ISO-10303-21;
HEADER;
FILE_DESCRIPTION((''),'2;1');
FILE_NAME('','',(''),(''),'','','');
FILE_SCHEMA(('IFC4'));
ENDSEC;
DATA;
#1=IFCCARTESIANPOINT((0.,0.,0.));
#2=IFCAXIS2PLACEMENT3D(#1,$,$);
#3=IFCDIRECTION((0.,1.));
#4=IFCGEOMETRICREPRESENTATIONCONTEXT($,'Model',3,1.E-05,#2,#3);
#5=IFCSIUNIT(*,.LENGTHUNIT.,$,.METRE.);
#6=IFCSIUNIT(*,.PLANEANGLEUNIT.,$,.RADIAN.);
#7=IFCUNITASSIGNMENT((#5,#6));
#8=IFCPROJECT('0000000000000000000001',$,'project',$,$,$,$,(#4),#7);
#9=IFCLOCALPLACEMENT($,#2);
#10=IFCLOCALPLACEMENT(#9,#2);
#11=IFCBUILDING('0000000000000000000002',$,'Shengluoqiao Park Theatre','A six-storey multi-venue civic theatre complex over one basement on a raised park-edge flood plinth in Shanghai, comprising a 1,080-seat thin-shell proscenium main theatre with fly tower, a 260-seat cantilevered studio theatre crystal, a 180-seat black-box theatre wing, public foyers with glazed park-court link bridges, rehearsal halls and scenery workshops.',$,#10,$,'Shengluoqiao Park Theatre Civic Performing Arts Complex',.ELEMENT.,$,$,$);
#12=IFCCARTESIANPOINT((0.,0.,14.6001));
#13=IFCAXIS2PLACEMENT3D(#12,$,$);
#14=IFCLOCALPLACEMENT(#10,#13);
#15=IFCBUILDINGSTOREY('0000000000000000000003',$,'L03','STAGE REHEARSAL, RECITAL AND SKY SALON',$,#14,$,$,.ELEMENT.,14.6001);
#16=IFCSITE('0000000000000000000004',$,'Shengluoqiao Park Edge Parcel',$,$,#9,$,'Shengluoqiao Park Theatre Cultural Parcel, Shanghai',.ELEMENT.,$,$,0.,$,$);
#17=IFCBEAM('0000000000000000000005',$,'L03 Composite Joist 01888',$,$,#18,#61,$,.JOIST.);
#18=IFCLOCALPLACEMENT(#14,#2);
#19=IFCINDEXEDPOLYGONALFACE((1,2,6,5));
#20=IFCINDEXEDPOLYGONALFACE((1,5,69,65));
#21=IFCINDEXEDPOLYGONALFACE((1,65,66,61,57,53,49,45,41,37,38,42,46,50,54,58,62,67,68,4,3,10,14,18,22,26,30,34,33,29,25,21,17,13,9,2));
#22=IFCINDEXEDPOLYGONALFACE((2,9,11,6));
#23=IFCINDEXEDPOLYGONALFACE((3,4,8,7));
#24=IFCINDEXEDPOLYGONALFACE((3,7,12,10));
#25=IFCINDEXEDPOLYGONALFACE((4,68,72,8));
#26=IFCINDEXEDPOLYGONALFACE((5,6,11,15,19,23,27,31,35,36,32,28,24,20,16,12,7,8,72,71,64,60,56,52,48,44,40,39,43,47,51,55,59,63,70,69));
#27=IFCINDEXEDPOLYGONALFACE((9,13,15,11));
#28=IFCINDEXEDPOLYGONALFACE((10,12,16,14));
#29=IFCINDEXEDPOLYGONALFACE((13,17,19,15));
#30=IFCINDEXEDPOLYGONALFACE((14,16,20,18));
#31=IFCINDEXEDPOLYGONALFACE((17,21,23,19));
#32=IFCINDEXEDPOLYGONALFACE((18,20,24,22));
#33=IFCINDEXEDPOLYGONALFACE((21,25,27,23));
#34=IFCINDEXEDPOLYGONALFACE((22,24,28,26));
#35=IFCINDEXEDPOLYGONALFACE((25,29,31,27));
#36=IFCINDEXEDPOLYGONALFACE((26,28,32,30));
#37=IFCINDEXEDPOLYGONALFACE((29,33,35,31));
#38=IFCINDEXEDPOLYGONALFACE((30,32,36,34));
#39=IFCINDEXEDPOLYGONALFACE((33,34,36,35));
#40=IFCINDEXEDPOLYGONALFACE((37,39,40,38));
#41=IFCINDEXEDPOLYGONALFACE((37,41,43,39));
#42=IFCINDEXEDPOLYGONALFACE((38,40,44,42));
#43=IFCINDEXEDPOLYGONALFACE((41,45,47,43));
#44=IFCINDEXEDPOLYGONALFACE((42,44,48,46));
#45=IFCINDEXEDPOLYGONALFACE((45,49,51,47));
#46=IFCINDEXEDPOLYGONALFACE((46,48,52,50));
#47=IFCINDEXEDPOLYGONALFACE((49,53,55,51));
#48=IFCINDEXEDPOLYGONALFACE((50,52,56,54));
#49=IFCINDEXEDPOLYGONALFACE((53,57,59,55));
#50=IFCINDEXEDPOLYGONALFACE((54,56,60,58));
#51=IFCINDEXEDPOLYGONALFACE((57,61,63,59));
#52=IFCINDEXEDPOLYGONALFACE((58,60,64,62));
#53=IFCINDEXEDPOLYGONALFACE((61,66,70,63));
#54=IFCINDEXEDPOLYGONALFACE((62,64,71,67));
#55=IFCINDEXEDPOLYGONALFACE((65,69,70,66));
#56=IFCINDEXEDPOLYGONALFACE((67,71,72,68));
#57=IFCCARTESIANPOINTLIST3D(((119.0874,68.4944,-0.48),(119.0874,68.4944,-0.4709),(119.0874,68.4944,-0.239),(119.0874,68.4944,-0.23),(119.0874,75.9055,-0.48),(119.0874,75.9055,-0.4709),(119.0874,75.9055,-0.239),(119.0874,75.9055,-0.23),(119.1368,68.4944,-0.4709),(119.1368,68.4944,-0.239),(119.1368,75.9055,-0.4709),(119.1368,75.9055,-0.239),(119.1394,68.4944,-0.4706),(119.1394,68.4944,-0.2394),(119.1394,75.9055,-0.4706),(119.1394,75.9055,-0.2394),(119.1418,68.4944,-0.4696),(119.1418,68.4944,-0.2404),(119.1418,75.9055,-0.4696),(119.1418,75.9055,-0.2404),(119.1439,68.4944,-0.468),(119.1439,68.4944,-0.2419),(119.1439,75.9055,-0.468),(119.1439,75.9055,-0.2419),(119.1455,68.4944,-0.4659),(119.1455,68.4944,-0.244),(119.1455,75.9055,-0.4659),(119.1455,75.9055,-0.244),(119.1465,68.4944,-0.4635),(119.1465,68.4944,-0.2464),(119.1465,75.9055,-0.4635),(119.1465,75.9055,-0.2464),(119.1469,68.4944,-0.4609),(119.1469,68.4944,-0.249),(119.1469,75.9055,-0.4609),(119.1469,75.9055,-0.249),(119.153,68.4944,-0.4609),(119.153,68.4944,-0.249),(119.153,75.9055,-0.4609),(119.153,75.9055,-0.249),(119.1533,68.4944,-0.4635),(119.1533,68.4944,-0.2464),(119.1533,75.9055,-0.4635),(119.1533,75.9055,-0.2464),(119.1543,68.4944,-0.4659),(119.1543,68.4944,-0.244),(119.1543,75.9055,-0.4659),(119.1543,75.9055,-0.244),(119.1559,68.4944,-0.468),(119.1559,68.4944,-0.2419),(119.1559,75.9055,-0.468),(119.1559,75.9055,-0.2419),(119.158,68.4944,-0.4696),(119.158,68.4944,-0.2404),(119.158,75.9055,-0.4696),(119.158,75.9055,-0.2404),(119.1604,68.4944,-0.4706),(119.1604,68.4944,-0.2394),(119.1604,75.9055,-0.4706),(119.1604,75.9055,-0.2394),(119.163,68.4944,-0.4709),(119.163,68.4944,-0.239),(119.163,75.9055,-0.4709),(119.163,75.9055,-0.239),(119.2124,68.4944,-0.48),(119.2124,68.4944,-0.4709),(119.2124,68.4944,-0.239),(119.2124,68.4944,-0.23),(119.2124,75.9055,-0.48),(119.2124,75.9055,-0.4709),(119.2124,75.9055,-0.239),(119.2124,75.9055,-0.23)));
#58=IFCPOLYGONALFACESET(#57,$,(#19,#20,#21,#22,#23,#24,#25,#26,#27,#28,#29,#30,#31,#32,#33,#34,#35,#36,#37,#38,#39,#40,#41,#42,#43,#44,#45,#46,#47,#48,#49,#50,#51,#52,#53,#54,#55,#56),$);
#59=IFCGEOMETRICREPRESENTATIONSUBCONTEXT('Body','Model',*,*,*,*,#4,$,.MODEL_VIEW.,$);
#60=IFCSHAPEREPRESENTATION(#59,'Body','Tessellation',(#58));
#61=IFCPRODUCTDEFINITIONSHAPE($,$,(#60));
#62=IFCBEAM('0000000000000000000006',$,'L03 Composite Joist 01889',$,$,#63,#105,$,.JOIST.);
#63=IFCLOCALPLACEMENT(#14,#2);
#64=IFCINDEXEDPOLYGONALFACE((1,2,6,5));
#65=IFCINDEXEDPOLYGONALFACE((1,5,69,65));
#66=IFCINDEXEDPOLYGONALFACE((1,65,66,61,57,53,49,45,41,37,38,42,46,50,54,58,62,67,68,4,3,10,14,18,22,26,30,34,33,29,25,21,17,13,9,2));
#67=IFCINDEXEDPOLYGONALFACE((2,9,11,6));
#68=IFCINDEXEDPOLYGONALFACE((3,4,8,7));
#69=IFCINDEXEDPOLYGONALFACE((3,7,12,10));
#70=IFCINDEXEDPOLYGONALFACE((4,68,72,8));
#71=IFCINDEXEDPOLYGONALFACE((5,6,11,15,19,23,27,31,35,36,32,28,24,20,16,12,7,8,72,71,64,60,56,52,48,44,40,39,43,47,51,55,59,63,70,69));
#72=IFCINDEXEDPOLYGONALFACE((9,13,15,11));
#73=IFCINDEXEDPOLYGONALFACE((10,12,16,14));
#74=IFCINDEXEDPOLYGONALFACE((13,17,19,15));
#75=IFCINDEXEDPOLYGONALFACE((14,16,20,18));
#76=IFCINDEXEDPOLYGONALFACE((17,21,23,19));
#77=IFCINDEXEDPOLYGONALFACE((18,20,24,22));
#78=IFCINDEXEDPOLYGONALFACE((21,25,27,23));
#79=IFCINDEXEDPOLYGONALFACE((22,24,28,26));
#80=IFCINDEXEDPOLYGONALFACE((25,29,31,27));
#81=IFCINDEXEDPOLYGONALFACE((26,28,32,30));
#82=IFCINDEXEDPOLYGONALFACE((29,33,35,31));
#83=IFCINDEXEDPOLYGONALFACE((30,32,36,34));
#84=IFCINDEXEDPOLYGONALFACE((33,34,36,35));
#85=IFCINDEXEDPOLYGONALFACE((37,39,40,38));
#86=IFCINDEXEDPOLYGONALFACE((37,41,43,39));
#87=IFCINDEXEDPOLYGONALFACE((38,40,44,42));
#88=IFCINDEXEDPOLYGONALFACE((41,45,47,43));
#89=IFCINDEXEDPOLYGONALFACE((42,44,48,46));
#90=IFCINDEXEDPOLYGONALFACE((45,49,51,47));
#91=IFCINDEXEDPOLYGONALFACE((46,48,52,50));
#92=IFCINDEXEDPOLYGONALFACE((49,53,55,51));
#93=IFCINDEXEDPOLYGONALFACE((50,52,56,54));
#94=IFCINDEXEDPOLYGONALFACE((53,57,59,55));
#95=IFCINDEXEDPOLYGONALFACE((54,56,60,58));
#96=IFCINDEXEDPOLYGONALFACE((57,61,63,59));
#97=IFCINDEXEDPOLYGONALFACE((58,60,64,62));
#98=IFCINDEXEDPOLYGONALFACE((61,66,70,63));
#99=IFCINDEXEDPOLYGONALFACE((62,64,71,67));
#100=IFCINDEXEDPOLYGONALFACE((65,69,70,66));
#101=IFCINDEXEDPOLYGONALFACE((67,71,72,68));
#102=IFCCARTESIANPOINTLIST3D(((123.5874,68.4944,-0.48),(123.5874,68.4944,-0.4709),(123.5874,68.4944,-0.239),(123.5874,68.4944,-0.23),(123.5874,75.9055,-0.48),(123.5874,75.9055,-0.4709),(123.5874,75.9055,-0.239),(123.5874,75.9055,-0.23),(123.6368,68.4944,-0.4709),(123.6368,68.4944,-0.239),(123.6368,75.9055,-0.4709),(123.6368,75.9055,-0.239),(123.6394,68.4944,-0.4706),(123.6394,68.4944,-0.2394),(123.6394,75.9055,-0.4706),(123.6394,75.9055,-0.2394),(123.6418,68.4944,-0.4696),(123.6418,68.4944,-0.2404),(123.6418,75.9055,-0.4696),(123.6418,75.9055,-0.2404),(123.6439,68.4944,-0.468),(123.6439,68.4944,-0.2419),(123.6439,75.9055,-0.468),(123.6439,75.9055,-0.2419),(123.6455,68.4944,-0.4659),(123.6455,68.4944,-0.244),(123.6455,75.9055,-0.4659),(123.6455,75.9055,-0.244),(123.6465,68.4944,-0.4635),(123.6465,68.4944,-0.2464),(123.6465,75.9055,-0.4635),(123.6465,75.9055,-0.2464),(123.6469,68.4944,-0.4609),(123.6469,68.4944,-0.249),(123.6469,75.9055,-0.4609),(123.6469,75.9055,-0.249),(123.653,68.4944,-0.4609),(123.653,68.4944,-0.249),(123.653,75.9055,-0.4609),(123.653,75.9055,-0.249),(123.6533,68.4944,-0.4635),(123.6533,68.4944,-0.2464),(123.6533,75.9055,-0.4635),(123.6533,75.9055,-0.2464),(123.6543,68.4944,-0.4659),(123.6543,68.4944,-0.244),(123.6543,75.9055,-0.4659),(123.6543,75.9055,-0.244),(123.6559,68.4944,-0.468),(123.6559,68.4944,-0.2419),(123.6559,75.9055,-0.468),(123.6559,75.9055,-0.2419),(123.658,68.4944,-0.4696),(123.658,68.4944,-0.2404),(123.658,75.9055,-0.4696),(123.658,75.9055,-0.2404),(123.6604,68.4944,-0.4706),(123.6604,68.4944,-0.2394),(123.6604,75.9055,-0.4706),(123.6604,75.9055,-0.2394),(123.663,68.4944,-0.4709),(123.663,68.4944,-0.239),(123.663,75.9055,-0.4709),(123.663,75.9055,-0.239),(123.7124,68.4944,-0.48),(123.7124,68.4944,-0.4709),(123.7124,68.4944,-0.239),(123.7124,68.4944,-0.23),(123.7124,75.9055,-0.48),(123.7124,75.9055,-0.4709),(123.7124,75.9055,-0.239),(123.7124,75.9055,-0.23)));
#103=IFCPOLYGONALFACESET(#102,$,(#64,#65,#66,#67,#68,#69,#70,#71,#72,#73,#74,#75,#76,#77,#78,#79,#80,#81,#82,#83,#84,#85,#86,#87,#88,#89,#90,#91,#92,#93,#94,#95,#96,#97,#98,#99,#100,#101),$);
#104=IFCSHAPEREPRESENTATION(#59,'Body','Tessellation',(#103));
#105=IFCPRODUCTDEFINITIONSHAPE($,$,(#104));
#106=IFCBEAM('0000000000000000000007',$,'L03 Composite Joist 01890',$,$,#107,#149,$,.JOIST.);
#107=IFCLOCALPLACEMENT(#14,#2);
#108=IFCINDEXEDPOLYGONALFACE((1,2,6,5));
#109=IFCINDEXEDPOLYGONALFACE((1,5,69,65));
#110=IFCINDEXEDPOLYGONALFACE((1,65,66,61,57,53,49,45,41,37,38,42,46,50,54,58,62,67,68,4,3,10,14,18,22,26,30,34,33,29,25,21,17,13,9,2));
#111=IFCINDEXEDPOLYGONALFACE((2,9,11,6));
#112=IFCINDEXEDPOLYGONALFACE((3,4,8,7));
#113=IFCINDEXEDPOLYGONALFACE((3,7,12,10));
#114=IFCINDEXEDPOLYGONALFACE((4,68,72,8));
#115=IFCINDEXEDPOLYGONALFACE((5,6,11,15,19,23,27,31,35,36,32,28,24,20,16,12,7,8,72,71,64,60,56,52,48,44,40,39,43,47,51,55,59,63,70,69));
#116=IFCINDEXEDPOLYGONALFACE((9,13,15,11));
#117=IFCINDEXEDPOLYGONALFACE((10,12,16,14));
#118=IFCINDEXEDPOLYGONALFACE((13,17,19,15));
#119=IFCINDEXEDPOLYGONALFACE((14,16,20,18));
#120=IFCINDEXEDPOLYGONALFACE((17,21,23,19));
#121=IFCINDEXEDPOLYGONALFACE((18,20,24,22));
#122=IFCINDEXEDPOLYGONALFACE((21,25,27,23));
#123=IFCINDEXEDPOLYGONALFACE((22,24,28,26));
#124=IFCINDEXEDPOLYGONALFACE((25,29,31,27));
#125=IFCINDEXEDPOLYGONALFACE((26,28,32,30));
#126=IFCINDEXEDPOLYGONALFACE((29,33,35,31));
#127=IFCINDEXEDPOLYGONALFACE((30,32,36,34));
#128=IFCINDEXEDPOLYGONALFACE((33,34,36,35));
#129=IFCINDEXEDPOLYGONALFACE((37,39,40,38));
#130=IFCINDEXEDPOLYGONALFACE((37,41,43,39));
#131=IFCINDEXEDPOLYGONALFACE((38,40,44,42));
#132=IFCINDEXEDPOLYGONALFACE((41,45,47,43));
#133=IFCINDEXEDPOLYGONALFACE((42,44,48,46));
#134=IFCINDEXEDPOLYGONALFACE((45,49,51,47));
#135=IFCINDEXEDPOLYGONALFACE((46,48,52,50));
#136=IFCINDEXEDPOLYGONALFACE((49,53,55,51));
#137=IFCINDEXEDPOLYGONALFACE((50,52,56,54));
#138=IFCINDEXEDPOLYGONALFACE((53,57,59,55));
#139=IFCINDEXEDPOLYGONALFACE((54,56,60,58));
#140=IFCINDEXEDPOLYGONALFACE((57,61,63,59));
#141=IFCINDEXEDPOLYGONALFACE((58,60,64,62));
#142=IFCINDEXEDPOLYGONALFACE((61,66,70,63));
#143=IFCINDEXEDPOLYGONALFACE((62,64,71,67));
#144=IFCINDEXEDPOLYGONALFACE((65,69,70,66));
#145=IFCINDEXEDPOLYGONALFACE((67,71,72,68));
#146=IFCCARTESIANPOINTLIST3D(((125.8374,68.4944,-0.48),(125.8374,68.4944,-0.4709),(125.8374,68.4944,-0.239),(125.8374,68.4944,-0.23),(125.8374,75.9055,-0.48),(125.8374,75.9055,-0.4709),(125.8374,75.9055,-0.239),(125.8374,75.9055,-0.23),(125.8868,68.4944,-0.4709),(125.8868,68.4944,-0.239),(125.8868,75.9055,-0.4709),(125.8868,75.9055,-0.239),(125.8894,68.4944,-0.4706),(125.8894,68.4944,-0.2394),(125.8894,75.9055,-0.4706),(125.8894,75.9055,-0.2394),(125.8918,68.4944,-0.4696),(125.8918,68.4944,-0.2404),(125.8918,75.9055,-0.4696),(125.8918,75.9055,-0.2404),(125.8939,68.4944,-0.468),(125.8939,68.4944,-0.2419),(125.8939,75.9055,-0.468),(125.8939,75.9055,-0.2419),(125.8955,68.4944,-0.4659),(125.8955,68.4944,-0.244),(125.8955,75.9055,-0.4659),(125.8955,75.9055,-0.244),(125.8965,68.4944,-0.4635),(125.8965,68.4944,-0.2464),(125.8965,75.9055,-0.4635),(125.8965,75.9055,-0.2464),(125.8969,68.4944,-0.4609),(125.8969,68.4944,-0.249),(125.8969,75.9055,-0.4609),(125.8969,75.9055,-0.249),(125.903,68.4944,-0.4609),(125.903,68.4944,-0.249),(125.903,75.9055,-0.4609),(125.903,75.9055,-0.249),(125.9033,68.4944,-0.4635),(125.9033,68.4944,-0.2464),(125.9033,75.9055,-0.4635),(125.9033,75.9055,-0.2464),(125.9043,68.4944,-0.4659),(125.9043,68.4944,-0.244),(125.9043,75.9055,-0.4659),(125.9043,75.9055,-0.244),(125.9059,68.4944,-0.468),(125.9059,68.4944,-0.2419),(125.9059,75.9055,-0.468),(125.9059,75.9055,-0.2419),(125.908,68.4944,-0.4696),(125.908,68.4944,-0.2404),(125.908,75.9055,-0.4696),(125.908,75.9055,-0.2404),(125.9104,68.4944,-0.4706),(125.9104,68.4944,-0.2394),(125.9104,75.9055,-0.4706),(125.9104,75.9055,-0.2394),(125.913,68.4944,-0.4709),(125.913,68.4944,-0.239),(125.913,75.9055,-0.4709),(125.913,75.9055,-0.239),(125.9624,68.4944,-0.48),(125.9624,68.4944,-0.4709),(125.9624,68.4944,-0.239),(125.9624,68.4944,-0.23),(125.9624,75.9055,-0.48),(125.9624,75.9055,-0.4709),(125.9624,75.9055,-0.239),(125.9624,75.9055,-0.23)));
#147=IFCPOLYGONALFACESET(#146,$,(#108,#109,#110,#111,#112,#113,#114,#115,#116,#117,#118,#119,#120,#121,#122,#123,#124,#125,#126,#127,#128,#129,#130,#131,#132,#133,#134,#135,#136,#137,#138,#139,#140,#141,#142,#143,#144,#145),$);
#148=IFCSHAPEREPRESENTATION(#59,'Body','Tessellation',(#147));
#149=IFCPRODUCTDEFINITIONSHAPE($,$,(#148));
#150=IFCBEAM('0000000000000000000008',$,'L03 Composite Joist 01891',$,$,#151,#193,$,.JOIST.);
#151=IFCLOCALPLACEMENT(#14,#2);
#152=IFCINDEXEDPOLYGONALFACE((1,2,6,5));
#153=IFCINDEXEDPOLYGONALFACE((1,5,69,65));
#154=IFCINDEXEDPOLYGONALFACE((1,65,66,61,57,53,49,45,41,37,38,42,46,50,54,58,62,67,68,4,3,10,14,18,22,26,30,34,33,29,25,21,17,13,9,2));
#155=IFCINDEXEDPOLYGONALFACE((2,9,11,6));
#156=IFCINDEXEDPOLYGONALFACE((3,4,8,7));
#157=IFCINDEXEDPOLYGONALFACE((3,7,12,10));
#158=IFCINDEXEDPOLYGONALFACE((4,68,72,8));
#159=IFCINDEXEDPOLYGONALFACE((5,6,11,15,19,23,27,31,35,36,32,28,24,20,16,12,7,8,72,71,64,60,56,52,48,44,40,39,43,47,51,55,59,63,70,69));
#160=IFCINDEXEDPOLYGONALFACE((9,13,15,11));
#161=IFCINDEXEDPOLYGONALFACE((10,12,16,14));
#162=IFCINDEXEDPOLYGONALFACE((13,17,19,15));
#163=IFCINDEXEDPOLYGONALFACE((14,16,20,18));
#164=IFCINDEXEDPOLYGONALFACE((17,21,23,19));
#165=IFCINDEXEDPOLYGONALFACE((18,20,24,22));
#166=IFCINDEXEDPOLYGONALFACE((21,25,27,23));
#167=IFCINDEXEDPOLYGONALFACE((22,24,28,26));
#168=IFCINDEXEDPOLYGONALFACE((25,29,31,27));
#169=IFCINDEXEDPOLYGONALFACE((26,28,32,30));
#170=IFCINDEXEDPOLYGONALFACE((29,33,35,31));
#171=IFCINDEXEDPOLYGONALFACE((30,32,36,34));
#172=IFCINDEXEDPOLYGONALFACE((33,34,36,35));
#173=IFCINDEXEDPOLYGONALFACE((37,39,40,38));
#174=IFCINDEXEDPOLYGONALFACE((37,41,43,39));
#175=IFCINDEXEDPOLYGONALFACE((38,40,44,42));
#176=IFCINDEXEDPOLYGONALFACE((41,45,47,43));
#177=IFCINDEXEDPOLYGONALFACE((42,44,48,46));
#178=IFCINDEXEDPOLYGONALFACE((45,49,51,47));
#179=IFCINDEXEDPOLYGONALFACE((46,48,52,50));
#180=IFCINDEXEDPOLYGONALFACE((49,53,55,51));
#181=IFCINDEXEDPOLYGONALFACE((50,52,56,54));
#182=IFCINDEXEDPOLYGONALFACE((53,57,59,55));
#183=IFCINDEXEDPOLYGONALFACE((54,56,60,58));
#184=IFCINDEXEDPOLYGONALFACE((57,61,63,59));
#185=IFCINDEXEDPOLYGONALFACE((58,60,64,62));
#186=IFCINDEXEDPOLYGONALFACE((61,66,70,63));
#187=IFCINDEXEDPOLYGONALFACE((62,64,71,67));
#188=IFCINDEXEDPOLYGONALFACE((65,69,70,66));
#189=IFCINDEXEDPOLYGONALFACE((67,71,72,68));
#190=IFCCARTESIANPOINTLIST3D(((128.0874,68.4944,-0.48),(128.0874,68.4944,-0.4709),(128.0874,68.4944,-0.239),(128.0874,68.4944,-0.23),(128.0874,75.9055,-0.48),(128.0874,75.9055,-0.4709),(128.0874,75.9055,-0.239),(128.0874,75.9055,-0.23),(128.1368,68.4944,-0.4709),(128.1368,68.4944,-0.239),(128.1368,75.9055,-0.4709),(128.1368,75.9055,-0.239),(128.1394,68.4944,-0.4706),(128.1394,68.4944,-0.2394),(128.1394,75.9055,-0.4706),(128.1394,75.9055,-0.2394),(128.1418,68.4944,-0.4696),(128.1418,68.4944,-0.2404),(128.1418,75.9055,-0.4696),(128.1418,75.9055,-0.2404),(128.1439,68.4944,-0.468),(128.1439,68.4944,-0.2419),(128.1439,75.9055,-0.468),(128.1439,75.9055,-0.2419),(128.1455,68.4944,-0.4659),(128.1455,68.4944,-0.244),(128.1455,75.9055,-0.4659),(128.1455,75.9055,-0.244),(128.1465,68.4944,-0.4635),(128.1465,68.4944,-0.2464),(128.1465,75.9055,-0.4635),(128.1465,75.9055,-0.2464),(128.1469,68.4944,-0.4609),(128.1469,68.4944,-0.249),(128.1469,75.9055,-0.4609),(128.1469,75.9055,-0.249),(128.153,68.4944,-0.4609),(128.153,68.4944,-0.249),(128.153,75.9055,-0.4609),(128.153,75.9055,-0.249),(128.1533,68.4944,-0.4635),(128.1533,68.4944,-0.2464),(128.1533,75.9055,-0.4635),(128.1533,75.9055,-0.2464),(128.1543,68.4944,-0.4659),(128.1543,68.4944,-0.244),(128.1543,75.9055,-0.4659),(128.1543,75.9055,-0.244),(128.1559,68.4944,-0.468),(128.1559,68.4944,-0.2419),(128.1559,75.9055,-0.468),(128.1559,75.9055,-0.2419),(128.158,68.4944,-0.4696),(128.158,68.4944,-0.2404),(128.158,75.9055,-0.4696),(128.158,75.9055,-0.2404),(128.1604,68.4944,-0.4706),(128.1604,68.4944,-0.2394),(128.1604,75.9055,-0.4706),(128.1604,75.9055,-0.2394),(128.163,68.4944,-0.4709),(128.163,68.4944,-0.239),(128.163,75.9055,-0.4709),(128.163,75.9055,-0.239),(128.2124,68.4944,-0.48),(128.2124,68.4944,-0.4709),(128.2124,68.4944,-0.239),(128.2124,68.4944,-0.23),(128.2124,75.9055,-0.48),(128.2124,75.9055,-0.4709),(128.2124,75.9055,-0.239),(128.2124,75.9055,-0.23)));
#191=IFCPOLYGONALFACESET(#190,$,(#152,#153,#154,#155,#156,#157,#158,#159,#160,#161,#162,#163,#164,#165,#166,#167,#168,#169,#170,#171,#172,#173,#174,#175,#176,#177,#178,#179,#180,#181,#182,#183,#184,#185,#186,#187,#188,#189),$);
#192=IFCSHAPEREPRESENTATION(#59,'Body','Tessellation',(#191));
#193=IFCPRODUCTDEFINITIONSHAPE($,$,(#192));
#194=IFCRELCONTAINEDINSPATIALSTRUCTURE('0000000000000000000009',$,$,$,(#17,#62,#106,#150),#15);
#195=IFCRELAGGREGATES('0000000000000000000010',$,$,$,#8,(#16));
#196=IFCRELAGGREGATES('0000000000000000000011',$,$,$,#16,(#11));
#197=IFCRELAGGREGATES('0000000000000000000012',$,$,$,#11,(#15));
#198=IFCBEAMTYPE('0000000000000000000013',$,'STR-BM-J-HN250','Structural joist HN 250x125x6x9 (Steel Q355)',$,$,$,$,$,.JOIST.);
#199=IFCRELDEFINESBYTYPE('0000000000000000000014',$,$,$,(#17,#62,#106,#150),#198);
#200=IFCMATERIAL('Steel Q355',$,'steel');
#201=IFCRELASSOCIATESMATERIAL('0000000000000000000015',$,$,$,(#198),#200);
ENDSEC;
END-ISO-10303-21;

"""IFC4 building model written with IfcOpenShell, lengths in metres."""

from ifc_helpers import new_model, si_unit, direction, frame, origin, origin_2d, place, context, subcontext, project, spatial, i_section, extrude, material, material_profile, profile_set, type_object, element, save


model = new_model("IFC4")

# Units and contexts
model_context = context("Model", 3, precision=1e-05, world=origin(), true_north=direction((0.0, 1.0)))
body_context = subcontext(model_context, "Body", "Model", "MODEL_VIEW")
ifc_project = project(units=[si_unit("LENGTHUNIT", "METRE"), si_unit("PLANEANGLEUNIT", "RADIAN")], contexts=[model_context])

# Site, building, storey
site_placement = place(None, origin())
site = spatial("IfcSite", under=ifc_project, at=site_placement, Name="Shengluoqiao Park Edge Parcel", LongName="Shengluoqiao Park Theatre Cultural Parcel, Shanghai", CompositionType="ELEMENT", RefElevation=0.0)
building_placement = place(site_placement, origin())
building = spatial("IfcBuilding", under=site, at=building_placement, Name="Shengluoqiao Park Theatre", Description="A six-storey multi-venue civic theatre complex over one basement on a raised park-edge flood plinth in Shanghai, comprising a 1,080-seat thin-shell proscenium main theatre with fly tower, a 260-seat cantilevered studio theatre crystal, a 180-seat black-box theatre wing, public foyers with glazed park-court link bridges, rehearsal halls and scenery workshops.", LongName="Shengluoqiao Park Theatre Civic Performing Arts Complex", CompositionType="ELEMENT")
storey_placement = place(building_placement, frame((0.0, 0.0, 14.6001)))
storey = spatial("IfcBuildingStorey", under=building, at=storey_placement, Name="L03", Description="STAGE REHEARSAL, RECITAL AND SKY SALON", CompositionType="ELEMENT", Elevation=14.6001)

# Beams
ifc_material = material(Name="Steel Q355", Category="steel")
ifc_material_profile_1 = material_profile(ifc_material, i_section(OverallWidth=0.125, OverallDepth=0.25, WebThickness=0.0061, FlangeThickness=0.009, FilletRadius=0.01, at=origin_2d()), Name="HN 250x125x6x9")
ifc_profile_set_1 = profile_set([ifc_material_profile_1], Name="Steel Q355")
beam_type_1 = type_object("IfcBeamType", Name="STR-BM-J-HN250", Description="Structural joist HN 250x125x6x9 (Steel Q355)", PredefinedType="JOIST", material=ifc_profile_set_1)
for number, where, z_axis, x_axis, name in (
    (1, (119.1499, 68.4944, -0.355), (0.0, 1.0, 0.0), (-1.0, 0.0, 0.0), "L03 Composite Joist 01888"),
    (2, (123.6499, 68.4944, -0.355), (0.0, 1.0, 0.0), (-1.0, 0.0, 0.0), "L03 Composite Joist 01889"),
    (3, (125.8999, 68.4944, -0.355), (0.0, 1.0, 0.0), (-1.0, 0.0, 0.0), "L03 Composite Joist 01890"),
    (4, (128.1499, 68.4944, -0.355), (0.0, 1.0, 0.0), (-1.0, 0.0, 0.0), "L03 Composite Joist 01891"),
):
    element("IfcBeam", number, at=place(storey_placement, frame(where, z_axis=z_axis, x_axis=x_axis)), inside=storey, type_object=beam_type_1, Name=name, PredefinedType="JOIST", context=body_context, shape_type="SweptSolid", body=[
        extrude(i_section(OverallWidth=0.125, OverallDepth=0.25, WebThickness=0.0061, FlangeThickness=0.009, FilletRadius=0.01, at=origin_2d()), origin(), (0.0, 0.0, 1.0), 7.4111),
    ])

save(model, "model.ifc")
